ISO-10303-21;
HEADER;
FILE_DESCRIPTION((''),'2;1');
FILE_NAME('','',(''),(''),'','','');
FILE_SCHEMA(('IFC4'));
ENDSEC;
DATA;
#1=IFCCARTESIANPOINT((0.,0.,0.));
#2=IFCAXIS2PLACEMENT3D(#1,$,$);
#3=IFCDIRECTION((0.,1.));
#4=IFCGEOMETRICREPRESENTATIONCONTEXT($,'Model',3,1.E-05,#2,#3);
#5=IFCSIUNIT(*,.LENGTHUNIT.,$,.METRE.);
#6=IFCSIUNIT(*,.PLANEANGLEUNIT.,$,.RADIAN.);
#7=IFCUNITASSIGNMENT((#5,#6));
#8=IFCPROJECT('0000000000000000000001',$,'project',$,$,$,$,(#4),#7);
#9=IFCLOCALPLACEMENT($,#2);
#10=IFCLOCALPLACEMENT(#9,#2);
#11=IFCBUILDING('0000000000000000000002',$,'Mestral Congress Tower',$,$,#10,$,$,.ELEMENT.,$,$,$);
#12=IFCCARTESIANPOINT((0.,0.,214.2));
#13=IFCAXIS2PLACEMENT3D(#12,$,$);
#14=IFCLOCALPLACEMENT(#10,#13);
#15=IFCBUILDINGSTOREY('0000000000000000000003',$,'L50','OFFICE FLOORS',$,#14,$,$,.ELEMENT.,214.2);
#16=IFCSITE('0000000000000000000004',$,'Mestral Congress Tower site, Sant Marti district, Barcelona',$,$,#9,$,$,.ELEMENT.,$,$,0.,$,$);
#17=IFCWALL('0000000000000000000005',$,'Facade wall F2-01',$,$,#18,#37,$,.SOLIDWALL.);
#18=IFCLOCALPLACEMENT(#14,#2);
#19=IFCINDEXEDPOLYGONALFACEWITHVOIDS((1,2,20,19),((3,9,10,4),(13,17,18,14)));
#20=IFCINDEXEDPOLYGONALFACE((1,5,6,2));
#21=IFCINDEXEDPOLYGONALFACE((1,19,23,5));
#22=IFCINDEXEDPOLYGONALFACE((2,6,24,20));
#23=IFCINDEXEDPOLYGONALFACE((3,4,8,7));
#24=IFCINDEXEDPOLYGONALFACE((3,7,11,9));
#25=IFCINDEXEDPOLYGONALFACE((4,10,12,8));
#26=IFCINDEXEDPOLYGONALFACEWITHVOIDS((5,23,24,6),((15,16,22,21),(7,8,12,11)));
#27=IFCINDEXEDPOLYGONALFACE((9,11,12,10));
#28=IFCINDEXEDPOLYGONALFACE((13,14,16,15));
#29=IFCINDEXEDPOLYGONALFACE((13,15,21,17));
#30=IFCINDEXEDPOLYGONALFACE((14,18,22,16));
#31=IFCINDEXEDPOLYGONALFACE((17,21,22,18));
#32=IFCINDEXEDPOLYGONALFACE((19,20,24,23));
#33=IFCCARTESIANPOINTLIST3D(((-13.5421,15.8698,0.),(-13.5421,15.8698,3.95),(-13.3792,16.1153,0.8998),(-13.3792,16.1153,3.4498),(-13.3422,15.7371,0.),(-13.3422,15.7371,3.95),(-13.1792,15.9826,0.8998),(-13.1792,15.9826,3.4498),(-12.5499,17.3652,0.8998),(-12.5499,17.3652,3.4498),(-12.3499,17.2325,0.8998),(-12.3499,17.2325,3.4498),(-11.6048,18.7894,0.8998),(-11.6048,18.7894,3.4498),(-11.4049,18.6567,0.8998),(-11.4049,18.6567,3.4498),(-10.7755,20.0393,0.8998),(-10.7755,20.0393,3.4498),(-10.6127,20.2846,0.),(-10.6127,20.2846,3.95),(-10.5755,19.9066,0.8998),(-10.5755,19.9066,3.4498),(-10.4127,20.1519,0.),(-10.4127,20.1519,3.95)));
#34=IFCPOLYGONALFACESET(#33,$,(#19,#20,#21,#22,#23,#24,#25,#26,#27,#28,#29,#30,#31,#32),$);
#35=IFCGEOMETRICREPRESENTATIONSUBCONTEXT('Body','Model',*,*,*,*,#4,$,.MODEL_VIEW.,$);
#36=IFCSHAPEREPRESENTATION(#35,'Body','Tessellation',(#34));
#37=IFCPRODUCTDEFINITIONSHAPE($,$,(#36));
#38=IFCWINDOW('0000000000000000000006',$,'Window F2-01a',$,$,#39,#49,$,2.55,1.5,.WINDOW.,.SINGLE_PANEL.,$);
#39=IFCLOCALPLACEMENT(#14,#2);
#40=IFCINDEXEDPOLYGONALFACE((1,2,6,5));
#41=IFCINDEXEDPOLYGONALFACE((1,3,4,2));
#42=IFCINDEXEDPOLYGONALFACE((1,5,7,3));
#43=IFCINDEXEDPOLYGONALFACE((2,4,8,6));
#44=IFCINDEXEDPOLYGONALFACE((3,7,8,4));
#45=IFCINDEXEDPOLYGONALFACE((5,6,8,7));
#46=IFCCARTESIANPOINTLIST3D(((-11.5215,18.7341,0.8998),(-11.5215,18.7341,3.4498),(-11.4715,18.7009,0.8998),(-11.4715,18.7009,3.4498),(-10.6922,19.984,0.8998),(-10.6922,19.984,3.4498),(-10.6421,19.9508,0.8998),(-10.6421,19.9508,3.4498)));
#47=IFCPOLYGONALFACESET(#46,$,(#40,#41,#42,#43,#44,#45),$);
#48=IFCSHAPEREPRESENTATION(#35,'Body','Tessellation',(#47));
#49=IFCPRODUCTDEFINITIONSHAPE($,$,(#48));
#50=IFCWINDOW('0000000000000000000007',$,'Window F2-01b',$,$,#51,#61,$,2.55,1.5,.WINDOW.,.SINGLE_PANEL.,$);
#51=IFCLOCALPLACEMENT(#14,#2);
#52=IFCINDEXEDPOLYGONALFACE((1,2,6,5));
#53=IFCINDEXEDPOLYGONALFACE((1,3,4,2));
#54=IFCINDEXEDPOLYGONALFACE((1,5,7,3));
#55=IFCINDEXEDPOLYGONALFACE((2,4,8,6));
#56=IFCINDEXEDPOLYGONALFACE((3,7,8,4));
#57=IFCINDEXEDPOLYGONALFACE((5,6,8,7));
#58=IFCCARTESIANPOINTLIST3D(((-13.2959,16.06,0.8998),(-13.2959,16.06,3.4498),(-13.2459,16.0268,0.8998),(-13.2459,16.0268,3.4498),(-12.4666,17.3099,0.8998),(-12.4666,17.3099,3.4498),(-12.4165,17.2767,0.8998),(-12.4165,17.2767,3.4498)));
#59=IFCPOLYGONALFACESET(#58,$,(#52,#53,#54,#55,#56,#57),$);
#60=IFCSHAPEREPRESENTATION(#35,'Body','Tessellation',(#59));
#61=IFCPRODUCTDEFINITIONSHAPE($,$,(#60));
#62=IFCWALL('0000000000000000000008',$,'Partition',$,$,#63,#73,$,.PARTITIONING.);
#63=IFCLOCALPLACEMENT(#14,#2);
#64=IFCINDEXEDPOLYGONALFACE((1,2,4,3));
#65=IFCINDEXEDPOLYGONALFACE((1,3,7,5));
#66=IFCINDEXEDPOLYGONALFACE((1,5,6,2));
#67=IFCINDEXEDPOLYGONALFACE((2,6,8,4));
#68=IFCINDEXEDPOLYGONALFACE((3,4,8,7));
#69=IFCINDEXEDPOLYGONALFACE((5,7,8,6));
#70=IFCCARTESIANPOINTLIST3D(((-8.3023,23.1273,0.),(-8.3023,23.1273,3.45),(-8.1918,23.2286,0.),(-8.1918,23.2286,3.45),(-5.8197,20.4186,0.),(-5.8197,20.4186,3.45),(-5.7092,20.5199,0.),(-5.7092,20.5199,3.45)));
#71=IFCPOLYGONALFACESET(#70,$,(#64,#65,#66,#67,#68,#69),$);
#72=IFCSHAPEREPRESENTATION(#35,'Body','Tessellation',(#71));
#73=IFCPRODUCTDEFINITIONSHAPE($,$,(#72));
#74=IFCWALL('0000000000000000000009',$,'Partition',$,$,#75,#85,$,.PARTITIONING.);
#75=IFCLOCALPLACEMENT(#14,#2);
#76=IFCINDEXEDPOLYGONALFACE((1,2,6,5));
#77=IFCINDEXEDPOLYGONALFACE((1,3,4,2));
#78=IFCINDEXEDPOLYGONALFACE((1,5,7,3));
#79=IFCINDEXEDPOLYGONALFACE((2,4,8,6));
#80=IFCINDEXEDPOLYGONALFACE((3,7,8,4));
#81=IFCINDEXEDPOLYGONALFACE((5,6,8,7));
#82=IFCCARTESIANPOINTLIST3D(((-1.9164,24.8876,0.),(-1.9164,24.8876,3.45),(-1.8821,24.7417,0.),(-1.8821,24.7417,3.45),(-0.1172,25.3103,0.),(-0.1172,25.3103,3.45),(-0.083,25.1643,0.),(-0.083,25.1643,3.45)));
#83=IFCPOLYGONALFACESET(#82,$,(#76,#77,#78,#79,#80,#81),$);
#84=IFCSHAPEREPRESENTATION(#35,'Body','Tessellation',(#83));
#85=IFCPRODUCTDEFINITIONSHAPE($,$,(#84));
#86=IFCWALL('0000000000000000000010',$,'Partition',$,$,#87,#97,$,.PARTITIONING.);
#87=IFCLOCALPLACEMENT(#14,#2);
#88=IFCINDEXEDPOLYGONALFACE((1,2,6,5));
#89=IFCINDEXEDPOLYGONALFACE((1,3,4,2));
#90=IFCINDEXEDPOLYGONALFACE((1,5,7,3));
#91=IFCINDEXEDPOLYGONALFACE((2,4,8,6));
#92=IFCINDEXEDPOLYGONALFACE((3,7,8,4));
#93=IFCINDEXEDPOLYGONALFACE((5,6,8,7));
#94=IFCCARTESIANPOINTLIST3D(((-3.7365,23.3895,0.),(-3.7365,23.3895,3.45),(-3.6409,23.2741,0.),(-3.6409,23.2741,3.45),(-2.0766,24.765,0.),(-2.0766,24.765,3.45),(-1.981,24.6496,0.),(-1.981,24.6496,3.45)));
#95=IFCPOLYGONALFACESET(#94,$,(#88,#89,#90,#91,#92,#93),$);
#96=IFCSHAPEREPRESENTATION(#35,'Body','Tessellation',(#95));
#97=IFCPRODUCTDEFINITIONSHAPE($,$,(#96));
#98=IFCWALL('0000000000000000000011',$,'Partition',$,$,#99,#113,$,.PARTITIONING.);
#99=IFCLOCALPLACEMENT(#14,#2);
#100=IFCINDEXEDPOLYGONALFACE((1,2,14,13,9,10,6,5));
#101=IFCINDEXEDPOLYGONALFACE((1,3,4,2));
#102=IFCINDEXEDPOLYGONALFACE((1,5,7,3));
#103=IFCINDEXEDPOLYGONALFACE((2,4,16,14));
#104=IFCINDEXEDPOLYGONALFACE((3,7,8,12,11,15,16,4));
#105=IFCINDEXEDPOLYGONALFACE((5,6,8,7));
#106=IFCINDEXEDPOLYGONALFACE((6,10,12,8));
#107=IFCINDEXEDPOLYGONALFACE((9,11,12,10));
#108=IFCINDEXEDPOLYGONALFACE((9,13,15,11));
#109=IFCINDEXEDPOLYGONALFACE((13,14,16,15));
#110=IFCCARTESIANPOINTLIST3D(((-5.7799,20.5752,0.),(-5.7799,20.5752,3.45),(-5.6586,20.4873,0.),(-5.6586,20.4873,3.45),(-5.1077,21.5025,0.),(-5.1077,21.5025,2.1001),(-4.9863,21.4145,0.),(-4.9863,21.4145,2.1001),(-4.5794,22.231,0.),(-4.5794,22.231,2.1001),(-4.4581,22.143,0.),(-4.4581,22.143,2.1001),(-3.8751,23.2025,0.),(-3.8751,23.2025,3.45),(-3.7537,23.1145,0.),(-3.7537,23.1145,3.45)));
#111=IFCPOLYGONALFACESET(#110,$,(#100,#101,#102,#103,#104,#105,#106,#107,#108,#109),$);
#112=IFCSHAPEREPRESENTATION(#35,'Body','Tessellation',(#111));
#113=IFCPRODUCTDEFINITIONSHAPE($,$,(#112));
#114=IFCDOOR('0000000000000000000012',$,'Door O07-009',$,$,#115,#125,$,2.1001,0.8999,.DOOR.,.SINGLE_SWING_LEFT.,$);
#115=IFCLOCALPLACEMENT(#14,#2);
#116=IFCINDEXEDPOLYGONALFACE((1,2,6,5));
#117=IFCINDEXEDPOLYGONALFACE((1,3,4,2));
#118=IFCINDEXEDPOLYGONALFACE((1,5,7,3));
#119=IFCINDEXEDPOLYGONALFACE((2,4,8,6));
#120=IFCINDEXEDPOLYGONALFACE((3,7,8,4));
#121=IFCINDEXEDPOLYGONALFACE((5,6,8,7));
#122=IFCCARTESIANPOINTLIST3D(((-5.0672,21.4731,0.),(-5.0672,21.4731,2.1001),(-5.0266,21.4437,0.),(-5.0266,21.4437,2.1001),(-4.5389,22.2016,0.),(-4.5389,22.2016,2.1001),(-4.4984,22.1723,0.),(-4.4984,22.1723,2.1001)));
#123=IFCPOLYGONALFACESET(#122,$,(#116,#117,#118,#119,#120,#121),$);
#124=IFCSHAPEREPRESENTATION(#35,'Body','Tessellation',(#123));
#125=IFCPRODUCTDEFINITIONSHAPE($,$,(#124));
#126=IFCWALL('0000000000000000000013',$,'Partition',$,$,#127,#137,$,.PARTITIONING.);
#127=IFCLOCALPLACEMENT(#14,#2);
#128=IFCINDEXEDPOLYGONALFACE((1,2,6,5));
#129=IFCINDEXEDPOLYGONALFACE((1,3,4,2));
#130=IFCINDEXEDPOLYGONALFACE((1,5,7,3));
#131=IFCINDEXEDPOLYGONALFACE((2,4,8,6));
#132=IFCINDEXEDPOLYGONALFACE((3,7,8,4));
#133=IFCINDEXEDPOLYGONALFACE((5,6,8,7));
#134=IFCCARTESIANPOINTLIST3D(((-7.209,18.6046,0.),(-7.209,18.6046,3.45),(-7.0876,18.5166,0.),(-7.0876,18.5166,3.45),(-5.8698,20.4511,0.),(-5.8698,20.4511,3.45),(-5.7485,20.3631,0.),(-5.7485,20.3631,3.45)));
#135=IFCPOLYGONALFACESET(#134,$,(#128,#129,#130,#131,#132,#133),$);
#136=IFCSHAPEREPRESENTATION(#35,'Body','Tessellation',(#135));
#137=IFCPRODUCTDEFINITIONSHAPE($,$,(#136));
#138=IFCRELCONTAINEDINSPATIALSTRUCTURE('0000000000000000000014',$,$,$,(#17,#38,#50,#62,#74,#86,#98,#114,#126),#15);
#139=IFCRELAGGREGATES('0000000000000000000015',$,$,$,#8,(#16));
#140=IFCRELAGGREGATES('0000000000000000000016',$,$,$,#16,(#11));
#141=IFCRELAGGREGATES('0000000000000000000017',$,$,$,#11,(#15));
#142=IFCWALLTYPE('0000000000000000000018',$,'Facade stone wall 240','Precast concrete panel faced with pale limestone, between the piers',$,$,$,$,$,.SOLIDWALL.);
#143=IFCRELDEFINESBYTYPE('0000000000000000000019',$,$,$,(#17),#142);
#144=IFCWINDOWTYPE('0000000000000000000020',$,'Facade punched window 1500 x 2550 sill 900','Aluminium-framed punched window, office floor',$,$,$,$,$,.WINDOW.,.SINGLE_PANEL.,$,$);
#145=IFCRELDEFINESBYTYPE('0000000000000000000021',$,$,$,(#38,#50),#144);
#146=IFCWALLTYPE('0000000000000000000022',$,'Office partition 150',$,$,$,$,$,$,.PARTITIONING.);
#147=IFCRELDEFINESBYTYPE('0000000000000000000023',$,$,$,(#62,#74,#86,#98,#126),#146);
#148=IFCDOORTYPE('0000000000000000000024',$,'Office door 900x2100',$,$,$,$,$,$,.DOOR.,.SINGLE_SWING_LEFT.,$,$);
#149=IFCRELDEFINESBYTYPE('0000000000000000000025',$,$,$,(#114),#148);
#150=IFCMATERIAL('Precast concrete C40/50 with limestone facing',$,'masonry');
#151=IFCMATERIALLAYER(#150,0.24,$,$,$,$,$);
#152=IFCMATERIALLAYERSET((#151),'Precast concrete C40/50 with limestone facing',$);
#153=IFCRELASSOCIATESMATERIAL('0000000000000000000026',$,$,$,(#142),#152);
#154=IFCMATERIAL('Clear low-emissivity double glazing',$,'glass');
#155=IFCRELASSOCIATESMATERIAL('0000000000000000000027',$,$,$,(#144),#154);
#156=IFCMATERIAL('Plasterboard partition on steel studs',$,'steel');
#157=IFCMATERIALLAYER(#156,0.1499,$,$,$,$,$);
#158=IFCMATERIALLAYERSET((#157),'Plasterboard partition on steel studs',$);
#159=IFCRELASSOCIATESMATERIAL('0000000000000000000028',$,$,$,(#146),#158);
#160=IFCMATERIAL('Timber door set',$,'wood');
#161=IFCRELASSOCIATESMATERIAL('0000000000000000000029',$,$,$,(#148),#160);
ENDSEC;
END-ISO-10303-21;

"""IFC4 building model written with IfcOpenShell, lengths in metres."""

from ifc_helpers import new_model, si_unit, direction, frame, frame_2d, origin, place, context, subcontext, project, spatial, rectangle, extrude, material, layer, layer_set, type_object, element, fill, save


model = new_model("IFC4")

# Units and contexts
model_context = context("Model", 3, precision=1e-05, world=origin(), true_north=direction((0.0, 1.0)))
body_context = subcontext(model_context, "Body", "Model", "MODEL_VIEW")
ifc_project = project(units=[si_unit("LENGTHUNIT", "METRE"), si_unit("PLANEANGLEUNIT", "RADIAN")], contexts=[model_context])

# Site, building, storey
site_placement = place(None, origin())
site = spatial("IfcSite", under=ifc_project, at=site_placement, Name="Mestral Congress Tower site, Sant Marti district, Barcelona", CompositionType="ELEMENT", RefElevation=0.0)
building_placement = place(site_placement, origin())
building = spatial("IfcBuilding", under=site, at=building_placement, Name="Mestral Congress Tower", CompositionType="ELEMENT")
storey_placement = place(building_placement, frame((0.0, 0.0, 214.2)))
storey = spatial("IfcBuildingStorey", under=building, at=storey_placement, Name="L50", Description="OFFICE FLOORS", CompositionType="ELEMENT", Elevation=214.2)

# Shared definitions
ifc_material_1 = material(Name="Precast concrete C40/50 with limestone facing", Category="masonry")
ifc_layer_1 = layer(ifc_material_1, 0.24)
ifc_layer_set_1 = layer_set([ifc_layer_1], Name="Precast concrete C40/50 with limestone facing")
wall_type_1 = type_object("IfcWallType", Name="Facade stone wall 240", Description="Precast concrete panel faced with pale limestone, between the piers", PredefinedType="SOLIDWALL", material=ifc_layer_set_1)
ifc_material_2 = material(Name="Clear low-emissivity double glazing", Category="glass")

# Wall, openings, windows
window_type_1 = type_object("IfcWindowType", Name="Facade punched window 1500 x 2550 sill 900", Description="Aluminium-framed punched window, office floor", PartitioningType="SINGLE_PANEL", PredefinedType="WINDOW", material=ifc_material_2)
wall_1_placement = place(storey_placement, frame((-10.5127, 20.2183, 0.0), z_axis=(0.0, 0.0, 1.0), x_axis=(-0.552902, -0.833246, 0.0)))
wall_1 = element("IfcWall", 1, at=wall_1_placement, inside=storey, type_object=wall_type_1, Name="Facade wall F2-01", PredefinedType="SOLIDWALL", context=body_context, shape_type="SweptSolid", body=[
    extrude(rectangle(XDim=5.2983, YDim=0.24, at=frame_2d((2.6492, 0.0))), origin(), (0.0, 0.0, 1.0), 3.95),
])
opening_1_placement = place(wall_1_placement, frame((0.2944, 0.0, 0.8999)))
opening_1 = element("IfcOpeningElement", 2, at=opening_1_placement, cuts=wall_1, PredefinedType="OPENING", context=body_context, shape_type="SweptSolid", body=[
    extrude(rectangle(XDim=1.5, YDim=2.55, at=frame_2d((0.75, 1.2749))), frame((0.0, 0.1299, 0.0), z_axis=(0.0, -1.0, 0.0), x_axis=(1.0, 0.0, 0.0)), (0.0, 0.0, 1.0), 0.26),
])
opening_2_placement = place(wall_1_placement, frame((3.5037, 0.0, 0.8999)))
opening_2 = element("IfcOpeningElement", 3, at=opening_2_placement, cuts=wall_1, PredefinedType="OPENING", context=body_context, shape_type="SweptSolid", body=[
    extrude(rectangle(XDim=1.5, YDim=2.55, at=frame_2d((0.75, 1.2749))), frame((0.0, 0.1299, 0.0), z_axis=(0.0, -1.0, 0.0), x_axis=(1.0, 0.0, 0.0)), (0.0, 0.0, 1.0), 0.26),
])
window_1_placement = place(opening_1_placement, origin())
window_1 = element("IfcWindow", 4, at=window_1_placement, inside=storey, type_object=window_type_1, Name="Window F2-01a", OverallHeight=2.55, OverallWidth=1.5, PartitioningType="SINGLE_PANEL", PredefinedType="WINDOW", context=body_context, shape_type="SweptSolid", body=[
    extrude(rectangle(XDim=1.5, YDim=2.55, at=frame_2d((0.75, 1.2749))), frame((0.0, 0.04, 0.0), z_axis=(0.0, -1.0, 0.0), x_axis=(1.0, 0.0, 0.0)), (0.0, 0.0, 1.0), 0.0601),
])
fill(opening_1, window_1)
window_2_placement = place(opening_2_placement, origin())
window_2 = element("IfcWindow", 5, at=window_2_placement, inside=storey, type_object=window_type_1, Name="Window F2-01b", OverallHeight=2.55, OverallWidth=1.5, PartitioningType="SINGLE_PANEL", PredefinedType="WINDOW", context=body_context, shape_type="SweptSolid", body=[
    extrude(rectangle(XDim=1.5, YDim=2.55, at=frame_2d((0.75, 1.2749))), frame((0.0, 0.04, 0.0), z_axis=(0.0, -1.0, 0.0), x_axis=(1.0, 0.0, 0.0)), (0.0, 0.0, 1.0), 0.0601),
])
fill(opening_2, window_2)

# Walls
ifc_material_3 = material(Name="Plasterboard partition on steel studs", Category="steel")
ifc_layer_2 = layer(ifc_material_3, 0.1499)
ifc_layer_set_2 = layer_set([ifc_layer_2], Name="Plasterboard partition on steel studs")
wall_type_2 = type_object("IfcWallType", Name="Office partition 150", PredefinedType="PARTITIONING", material=ifc_layer_set_2)
wall_2_placement = place(storey_placement, frame((-5.7644, 20.4692, 0.0), z_axis=(0.0, 0.0, 1.0), x_axis=(-0.675673, 0.737201, 0.0)))
element("IfcWall", 6, at=wall_2_placement, inside=storey, type_object=wall_type_2, Name="Partition", PredefinedType="PARTITIONING", context=body_context, shape_type="SweptSolid", body=[
    extrude(rectangle(XDim=3.6743, YDim=0.1499, at=frame_2d((1.8372, 0.0))), origin(), (0.0, 0.0, 1.0), 3.45),
])
wall_3_placement = place(storey_placement, frame((-0.1001, 25.2373, 0.0), z_axis=(0.0, 0.0, 1.0), x_axis=(-0.973502, -0.228679, 0.0)))
element("IfcWall", 7, at=wall_3_placement, inside=storey, type_object=wall_type_2, Name="Partition", PredefinedType="PARTITIONING", context=body_context, shape_type="SweptSolid", body=[
    extrude(rectangle(XDim=1.8481, YDim=0.1499, at=frame_2d((0.9241, 0.0))), origin(), (0.0, 0.0, 1.0), 3.45),
])
wall_4_placement = place(storey_placement, frame((-2.0288, 24.7073, 0.0), z_axis=(0.0, 0.0, 1.0), x_axis=(-0.769991, -0.638054, 0.0)))
element("IfcWall", 8, at=wall_4_placement, inside=storey, type_object=wall_type_2, Name="Partition", PredefinedType="PARTITIONING", context=body_context, shape_type="SweptSolid", body=[
    extrude(rectangle(XDim=2.1558, YDim=0.1499, at=frame_2d((1.0779, 0.0))), origin(), (0.0, 0.0, 1.0), 3.45),
])

# Wall, opening, door
wall_5_placement = place(storey_placement, frame((-5.7192, 20.5312, 0.0), z_axis=(0.0, 0.0, 1.0), x_axis=(0.586981, 0.809601, 0.0)))
wall_5 = element("IfcWall", 9, at=wall_5_placement, inside=storey, type_object=wall_type_2, Name="Partition", PredefinedType="PARTITIONING", context=body_context, shape_type="SweptSolid", body=[
    extrude(rectangle(XDim=3.2451, YDim=0.1499, at=frame_2d((1.6226, 0.0))), origin(), (0.0, 0.0, 1.0), 3.45),
])
opening_3_placement = place(wall_5_placement, frame((1.1453, 0.0, 0.0)))
opening_3 = element("IfcOpeningElement", 10, at=opening_3_placement, cuts=wall_5, PredefinedType="OPENING", context=body_context, shape_type="SweptSolid", body=[
    extrude(rectangle(XDim=0.8999, YDim=2.1001, at=frame_2d((0.45, 1.05))), frame((0.0, 0.085, 0.0), z_axis=(0.0, -1.0, 0.0), x_axis=(1.0, 0.0, 0.0)), (0.0, 0.0, 1.0), 0.1699),
])
ifc_material_4 = material(Name="Timber door set", Category="wood")
door_type = type_object("IfcDoorType", Name="Office door 900x2100", OperationType="SINGLE_SWING_LEFT", PredefinedType="DOOR", material=ifc_material_4)
door_placement = place(opening_3_placement, origin())
door = element("IfcDoor", 11, at=door_placement, inside=storey, type_object=door_type, Name="Door O07-009", OperationType="SINGLE_SWING_LEFT", OverallHeight=2.1001, OverallWidth=0.8999, PredefinedType="DOOR", context=body_context, shape_type="SweptSolid", body=[
    extrude(rectangle(XDim=0.8999, YDim=2.1001, at=frame_2d((0.45, 1.05))), frame((0.0, 0.0249, 0.0), z_axis=(0.0, -1.0, 0.0), x_axis=(1.0, 0.0, 0.0)), (0.0, 0.0, 1.0), 0.05),
])
fill(opening_3, door)

# Wall
wall_6_placement = place(storey_placement, frame((-5.8091, 20.4072, 0.0), z_axis=(0.0, 0.0, 1.0), x_axis=(-0.587096, -0.809518, 0.0)))
element("IfcWall", 12, at=wall_6_placement, inside=storey, type_object=wall_type_2, Name="Partition", PredefinedType="PARTITIONING", context=body_context, shape_type="SweptSolid", body=[
    extrude(rectangle(XDim=2.281, YDim=0.1499, at=frame_2d((1.1406, 0.0))), origin(), (0.0, 0.0, 1.0), 3.45),
])

save(model, "model.ifc")
